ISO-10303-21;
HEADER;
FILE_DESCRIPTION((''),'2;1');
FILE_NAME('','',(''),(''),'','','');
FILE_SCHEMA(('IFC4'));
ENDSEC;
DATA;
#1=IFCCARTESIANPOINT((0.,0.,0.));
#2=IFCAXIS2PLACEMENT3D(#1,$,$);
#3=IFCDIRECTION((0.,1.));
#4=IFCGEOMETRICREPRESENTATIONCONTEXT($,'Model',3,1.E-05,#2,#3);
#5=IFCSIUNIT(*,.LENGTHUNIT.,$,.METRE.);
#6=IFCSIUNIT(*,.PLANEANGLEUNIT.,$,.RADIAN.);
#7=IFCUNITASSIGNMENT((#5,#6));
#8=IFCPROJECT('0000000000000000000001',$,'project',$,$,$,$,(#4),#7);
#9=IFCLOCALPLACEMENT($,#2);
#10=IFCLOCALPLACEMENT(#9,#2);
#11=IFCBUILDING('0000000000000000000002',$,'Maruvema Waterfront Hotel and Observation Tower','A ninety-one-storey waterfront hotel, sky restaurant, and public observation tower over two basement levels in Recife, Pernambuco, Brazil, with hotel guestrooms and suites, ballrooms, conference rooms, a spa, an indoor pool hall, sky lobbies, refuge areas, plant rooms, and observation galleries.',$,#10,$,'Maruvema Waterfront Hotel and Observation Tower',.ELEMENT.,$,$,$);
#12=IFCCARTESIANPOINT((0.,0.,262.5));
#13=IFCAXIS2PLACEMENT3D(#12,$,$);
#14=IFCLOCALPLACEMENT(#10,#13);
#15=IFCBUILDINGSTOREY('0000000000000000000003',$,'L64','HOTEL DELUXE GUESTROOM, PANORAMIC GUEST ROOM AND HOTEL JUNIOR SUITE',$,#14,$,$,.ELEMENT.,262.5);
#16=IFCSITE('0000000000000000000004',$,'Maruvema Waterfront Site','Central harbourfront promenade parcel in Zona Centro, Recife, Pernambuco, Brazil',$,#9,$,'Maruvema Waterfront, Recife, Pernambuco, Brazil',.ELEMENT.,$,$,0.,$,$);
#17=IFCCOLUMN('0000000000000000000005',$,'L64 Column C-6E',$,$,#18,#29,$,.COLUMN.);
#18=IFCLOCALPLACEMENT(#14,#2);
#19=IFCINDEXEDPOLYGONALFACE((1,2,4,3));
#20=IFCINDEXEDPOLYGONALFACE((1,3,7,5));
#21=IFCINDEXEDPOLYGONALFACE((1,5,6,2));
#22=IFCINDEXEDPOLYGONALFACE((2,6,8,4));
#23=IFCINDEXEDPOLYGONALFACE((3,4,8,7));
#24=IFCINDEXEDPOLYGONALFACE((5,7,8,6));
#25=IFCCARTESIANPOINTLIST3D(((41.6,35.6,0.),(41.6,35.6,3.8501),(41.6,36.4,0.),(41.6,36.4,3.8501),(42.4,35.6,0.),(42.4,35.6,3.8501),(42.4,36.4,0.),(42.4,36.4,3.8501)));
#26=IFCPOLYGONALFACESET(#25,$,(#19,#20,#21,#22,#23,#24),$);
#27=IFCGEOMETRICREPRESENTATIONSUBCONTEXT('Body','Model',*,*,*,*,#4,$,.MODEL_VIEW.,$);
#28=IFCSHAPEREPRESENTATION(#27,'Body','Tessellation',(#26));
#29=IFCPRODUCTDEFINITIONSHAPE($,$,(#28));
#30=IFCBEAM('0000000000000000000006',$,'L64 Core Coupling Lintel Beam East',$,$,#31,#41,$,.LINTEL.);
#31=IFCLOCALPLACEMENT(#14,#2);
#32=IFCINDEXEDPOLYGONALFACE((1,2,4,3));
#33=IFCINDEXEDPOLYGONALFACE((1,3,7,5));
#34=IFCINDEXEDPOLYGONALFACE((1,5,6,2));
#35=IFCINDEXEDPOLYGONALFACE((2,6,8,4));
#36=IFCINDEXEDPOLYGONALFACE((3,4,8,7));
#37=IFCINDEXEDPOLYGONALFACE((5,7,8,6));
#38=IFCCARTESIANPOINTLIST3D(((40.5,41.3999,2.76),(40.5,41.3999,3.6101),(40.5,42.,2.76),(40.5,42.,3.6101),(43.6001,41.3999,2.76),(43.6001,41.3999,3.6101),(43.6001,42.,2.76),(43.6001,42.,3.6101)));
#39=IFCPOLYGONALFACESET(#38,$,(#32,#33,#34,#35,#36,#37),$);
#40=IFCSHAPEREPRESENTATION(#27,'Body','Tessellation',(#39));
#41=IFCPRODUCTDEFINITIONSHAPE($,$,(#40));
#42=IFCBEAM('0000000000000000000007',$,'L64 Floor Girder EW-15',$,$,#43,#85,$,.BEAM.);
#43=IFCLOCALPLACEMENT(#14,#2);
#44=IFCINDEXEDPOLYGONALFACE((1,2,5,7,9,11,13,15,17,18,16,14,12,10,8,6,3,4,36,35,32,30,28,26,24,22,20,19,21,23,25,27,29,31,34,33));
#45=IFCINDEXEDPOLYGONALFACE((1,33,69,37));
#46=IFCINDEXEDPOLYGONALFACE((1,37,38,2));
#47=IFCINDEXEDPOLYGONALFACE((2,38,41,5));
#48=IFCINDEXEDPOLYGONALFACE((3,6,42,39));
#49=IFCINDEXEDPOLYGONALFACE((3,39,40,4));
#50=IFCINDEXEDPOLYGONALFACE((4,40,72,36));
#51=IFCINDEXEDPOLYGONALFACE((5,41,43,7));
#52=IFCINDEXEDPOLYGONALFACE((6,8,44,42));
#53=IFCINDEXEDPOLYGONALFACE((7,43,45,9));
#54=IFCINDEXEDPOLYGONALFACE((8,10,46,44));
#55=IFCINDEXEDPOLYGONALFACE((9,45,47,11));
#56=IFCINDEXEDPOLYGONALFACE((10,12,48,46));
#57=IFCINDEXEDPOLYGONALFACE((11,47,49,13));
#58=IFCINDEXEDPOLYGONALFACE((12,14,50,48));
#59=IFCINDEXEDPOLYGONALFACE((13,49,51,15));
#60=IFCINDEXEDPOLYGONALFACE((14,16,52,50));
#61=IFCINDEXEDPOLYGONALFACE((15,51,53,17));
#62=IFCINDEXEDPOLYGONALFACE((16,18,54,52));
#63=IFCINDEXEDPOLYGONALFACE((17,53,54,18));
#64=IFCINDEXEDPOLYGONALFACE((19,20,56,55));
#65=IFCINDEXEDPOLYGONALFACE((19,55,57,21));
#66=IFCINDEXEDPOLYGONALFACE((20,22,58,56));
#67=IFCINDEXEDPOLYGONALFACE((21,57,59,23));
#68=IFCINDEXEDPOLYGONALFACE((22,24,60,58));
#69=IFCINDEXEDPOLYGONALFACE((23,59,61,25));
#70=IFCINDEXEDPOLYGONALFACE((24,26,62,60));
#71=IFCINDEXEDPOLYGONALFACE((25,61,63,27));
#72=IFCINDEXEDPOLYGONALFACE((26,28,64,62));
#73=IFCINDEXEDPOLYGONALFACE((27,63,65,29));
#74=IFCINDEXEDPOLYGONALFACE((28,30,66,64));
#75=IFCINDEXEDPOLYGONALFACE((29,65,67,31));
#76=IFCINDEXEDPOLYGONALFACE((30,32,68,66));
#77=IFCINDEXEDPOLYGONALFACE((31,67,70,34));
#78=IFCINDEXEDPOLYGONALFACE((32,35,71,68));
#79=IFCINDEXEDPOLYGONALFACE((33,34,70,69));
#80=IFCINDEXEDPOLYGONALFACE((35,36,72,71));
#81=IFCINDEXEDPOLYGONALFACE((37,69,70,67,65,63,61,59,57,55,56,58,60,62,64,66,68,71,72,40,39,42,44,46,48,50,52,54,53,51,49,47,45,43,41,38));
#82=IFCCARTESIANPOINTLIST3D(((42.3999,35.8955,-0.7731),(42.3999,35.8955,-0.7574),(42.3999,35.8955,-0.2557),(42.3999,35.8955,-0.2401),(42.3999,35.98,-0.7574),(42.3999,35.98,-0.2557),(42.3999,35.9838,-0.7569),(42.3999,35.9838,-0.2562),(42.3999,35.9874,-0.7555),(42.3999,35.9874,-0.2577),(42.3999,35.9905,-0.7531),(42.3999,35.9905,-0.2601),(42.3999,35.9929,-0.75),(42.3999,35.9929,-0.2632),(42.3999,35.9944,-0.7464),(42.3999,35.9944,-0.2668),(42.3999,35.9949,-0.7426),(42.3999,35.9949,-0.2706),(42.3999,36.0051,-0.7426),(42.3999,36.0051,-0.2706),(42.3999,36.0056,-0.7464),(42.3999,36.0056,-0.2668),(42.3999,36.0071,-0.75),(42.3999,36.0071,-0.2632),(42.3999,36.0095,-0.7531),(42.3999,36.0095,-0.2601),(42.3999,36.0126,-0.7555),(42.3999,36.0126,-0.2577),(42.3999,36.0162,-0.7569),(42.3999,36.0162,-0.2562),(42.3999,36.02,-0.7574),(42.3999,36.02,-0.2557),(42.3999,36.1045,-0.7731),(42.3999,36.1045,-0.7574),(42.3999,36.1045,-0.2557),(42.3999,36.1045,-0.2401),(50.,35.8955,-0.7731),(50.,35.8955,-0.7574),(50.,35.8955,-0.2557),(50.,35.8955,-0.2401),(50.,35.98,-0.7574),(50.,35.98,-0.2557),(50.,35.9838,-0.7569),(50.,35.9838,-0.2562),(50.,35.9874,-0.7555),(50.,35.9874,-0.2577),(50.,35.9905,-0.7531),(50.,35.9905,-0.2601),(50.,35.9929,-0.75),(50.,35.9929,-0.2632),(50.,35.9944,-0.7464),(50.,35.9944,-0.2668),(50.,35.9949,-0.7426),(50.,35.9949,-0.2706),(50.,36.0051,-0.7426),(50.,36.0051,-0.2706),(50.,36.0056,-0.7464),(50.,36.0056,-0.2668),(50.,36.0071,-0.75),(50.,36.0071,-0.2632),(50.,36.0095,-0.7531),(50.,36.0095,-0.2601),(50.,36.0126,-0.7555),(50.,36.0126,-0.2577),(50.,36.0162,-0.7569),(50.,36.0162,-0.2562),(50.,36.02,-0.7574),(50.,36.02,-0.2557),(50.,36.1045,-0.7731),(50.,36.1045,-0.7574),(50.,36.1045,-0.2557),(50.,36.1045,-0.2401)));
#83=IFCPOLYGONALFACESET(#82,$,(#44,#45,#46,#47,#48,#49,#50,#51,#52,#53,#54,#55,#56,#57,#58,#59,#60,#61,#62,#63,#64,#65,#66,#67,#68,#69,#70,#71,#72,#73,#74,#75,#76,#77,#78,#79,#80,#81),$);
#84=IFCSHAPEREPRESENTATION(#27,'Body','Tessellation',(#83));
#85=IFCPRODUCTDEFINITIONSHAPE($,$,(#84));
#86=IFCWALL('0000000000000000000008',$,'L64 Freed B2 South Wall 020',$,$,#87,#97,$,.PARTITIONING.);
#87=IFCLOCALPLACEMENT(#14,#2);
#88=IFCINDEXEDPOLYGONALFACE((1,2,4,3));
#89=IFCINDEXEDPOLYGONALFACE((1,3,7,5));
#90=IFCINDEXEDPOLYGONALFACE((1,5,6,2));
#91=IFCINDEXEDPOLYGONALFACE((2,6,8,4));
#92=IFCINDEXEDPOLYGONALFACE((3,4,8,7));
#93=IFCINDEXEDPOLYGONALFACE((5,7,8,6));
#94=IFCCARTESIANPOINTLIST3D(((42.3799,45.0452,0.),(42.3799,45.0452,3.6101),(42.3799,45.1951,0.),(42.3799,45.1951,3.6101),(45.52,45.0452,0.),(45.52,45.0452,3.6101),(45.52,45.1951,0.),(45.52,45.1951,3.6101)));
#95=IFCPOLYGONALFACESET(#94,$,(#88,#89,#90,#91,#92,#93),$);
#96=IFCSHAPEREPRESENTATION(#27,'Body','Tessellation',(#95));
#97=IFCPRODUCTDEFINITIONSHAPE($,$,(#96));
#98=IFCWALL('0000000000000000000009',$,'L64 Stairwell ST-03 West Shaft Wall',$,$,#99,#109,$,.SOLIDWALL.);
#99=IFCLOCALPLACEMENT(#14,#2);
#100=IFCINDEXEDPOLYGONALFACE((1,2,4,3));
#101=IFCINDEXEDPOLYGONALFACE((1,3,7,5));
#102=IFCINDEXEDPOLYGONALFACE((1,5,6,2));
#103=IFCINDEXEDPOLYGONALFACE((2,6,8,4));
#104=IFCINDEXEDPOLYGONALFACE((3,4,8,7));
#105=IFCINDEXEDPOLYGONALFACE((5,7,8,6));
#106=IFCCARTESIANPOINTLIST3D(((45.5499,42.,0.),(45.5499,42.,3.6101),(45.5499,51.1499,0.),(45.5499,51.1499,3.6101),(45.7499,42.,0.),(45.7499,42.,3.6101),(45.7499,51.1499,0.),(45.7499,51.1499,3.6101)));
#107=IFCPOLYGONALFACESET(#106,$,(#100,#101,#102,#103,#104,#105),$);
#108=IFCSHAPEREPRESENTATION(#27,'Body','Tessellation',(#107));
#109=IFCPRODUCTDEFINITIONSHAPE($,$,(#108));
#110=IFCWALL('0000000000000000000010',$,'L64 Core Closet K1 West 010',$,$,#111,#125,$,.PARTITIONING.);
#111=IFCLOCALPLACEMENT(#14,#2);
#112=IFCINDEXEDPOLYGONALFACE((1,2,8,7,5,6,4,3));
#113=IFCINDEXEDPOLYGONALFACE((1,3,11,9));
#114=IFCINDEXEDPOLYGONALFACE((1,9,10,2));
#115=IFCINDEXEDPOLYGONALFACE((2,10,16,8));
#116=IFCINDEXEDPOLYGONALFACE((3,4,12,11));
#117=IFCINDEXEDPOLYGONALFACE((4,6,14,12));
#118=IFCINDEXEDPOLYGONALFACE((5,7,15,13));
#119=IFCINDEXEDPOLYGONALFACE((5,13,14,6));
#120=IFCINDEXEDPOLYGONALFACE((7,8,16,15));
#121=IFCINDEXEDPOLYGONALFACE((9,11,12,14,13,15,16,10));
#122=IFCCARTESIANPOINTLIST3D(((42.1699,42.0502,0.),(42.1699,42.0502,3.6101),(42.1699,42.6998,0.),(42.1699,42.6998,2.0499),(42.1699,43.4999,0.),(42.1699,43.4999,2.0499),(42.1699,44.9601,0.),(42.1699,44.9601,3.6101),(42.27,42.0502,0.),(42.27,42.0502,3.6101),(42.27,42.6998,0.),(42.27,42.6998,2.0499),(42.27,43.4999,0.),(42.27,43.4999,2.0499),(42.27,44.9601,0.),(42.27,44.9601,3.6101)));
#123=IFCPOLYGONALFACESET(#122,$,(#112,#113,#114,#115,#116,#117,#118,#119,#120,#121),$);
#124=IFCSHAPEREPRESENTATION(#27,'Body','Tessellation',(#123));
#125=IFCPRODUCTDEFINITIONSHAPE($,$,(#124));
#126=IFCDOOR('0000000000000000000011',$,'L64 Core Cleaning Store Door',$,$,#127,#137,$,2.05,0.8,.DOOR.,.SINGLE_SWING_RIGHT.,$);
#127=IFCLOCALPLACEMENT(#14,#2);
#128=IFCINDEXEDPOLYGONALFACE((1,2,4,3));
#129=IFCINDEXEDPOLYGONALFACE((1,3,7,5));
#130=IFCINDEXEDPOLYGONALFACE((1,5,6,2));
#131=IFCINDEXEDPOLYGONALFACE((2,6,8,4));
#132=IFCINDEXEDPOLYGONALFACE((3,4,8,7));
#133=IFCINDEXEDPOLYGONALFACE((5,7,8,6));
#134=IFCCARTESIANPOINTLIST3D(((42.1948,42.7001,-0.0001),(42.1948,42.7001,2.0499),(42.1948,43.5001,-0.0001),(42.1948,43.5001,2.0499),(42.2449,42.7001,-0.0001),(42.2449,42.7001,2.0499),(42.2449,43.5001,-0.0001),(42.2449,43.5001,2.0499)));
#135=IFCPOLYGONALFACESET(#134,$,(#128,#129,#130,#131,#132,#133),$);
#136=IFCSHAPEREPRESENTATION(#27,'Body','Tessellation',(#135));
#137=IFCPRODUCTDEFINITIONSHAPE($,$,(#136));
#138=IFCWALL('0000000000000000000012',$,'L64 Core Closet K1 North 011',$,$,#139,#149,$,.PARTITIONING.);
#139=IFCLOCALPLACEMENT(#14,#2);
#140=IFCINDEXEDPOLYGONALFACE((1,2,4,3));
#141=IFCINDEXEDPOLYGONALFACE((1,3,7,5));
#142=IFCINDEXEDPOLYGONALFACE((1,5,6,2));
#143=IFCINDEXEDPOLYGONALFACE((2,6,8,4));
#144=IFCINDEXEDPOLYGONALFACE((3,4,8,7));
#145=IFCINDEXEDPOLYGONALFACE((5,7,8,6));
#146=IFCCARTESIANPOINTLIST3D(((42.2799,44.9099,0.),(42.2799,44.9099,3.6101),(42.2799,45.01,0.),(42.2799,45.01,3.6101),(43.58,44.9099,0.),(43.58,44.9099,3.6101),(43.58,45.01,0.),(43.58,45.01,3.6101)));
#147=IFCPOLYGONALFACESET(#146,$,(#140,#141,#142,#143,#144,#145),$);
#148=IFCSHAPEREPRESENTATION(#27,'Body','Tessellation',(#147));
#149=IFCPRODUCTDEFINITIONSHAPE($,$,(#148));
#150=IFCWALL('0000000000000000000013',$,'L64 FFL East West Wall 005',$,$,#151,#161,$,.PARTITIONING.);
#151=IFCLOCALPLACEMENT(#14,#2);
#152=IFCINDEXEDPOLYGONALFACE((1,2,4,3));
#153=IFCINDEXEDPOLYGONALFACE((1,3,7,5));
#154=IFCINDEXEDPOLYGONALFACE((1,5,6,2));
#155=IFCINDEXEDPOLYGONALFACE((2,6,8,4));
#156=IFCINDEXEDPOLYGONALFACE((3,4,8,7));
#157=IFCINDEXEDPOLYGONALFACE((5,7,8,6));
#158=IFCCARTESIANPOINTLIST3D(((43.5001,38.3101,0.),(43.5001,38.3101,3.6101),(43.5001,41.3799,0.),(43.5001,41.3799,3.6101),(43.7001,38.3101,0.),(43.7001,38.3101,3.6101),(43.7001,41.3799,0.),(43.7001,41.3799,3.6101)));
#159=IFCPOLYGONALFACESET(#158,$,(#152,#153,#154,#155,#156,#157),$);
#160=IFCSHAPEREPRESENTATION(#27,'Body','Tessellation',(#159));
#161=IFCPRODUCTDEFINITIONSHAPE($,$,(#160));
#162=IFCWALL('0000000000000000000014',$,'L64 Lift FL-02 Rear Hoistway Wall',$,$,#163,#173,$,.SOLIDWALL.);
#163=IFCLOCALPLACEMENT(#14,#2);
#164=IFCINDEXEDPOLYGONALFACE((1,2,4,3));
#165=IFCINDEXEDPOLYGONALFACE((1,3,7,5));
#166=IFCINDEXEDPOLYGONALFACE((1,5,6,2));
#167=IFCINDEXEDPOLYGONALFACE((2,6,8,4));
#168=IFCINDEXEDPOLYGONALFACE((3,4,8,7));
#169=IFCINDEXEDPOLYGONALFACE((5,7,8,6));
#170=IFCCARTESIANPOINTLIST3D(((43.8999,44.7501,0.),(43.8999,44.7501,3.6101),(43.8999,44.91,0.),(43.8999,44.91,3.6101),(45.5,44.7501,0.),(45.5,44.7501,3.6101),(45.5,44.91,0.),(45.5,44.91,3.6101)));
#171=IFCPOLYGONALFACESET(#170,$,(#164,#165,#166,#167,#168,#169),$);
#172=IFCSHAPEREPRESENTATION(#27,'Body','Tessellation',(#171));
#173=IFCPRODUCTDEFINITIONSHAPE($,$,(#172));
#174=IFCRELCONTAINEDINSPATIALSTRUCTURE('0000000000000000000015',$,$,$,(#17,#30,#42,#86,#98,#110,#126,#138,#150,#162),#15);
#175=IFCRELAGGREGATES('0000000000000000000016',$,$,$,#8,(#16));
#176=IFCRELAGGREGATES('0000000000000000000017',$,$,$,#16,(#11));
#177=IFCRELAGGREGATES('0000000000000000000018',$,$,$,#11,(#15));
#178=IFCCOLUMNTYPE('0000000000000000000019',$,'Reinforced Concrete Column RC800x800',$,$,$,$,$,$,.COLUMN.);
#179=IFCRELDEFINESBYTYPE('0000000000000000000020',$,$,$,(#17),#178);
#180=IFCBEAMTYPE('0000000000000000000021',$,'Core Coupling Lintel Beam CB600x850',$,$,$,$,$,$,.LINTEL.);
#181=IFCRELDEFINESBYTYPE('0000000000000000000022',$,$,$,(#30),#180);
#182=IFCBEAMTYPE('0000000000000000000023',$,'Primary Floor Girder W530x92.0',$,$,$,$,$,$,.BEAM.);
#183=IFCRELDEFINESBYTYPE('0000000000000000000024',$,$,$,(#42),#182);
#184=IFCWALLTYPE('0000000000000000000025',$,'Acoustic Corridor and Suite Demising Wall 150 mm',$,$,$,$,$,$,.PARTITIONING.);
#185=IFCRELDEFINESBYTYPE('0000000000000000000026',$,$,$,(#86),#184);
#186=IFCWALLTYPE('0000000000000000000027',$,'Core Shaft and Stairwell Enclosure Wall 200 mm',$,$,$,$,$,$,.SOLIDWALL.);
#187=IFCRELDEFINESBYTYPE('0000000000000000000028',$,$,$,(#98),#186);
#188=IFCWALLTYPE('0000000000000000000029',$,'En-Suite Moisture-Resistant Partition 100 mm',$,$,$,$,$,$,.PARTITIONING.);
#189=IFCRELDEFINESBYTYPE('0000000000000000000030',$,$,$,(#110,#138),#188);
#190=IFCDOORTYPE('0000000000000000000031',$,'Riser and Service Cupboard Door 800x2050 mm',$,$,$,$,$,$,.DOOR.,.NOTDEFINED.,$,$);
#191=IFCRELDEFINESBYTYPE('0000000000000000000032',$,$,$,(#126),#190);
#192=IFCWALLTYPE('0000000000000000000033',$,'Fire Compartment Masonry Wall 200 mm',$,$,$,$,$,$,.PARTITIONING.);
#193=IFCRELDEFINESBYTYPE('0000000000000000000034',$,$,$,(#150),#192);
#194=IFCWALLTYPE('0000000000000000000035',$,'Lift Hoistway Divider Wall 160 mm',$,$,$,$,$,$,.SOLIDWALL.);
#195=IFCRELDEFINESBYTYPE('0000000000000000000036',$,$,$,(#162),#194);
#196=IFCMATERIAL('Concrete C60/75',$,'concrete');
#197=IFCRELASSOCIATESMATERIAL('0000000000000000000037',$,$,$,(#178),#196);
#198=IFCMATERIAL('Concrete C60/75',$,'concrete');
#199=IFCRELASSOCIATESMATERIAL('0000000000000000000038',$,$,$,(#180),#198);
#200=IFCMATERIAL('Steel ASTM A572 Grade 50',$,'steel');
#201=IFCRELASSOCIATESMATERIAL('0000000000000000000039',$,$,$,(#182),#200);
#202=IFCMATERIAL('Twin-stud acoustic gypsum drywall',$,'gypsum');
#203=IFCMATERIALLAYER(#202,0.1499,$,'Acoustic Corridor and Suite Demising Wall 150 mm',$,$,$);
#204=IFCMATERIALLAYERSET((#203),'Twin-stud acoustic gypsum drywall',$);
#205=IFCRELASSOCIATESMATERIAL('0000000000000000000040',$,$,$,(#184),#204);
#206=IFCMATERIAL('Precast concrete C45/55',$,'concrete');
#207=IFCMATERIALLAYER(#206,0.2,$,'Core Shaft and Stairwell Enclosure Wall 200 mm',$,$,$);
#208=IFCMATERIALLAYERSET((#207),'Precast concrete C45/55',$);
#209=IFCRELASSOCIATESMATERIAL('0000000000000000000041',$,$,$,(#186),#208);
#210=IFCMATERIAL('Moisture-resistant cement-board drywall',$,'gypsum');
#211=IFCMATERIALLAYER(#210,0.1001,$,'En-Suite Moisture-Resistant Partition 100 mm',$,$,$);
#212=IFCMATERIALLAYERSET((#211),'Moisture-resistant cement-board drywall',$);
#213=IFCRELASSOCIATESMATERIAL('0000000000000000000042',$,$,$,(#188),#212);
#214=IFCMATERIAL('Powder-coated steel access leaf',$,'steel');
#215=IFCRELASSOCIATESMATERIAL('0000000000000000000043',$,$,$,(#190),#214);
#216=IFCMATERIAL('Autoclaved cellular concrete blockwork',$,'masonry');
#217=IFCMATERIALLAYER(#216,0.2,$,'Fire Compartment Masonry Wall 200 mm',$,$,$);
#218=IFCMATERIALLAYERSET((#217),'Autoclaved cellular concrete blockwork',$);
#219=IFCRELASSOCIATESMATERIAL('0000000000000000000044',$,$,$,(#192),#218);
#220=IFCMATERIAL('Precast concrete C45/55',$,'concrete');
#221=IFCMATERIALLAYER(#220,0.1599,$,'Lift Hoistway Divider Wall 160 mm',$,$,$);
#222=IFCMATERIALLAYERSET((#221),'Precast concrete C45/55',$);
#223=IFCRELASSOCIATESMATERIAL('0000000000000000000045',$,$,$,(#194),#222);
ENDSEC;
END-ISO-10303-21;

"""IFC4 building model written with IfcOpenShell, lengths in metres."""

from ifc_helpers import new_model, si_unit, direction, frame, frame_2d, origin, origin_2d, place, context, subcontext, project, spatial, rectangle, i_section, extrude, material, layer, layer_set, material_profile, profile_set, type_object, element, fill, save


model = new_model("IFC4")

# Units and contexts
model_context = context("Model", 3, precision=1e-05, world=origin(), true_north=direction((0.0, 1.0)))
body_context = subcontext(model_context, "Body", "Model", "MODEL_VIEW")
ifc_project = project(units=[si_unit("LENGTHUNIT", "METRE"), si_unit("PLANEANGLEUNIT", "RADIAN")], contexts=[model_context])

# Site, building, storey
site_placement = place(None, origin())
site = spatial("IfcSite", under=ifc_project, at=site_placement, Name="Maruvema Waterfront Site", Description="Central harbourfront promenade parcel in Zona Centro, Recife, Pernambuco, Brazil", LongName="Maruvema Waterfront, Recife, Pernambuco, Brazil", CompositionType="ELEMENT", RefElevation=0.0)
building_placement = place(site_placement, origin())
building = spatial("IfcBuilding", under=site, at=building_placement, Name="Maruvema Waterfront Hotel and Observation Tower", Description="A ninety-one-storey waterfront hotel, sky restaurant, and public observation tower over two basement levels in Recife, Pernambuco, Brazil, with hotel guestrooms and suites, ballrooms, conference rooms, a spa, an indoor pool hall, sky lobbies, refuge areas, plant rooms, and observation galleries.", LongName="Maruvema Waterfront Hotel and Observation Tower", CompositionType="ELEMENT")
storey_placement = place(building_placement, frame((0.0, 0.0, 262.5)))
storey = spatial("IfcBuildingStorey", under=building, at=storey_placement, Name="L64", Description="HOTEL DELUXE GUESTROOM, PANORAMIC GUEST ROOM AND HOTEL JUNIOR SUITE", CompositionType="ELEMENT", Elevation=262.5)

# Column
ifc_material_1 = material(Name="Concrete C60/75", Category="concrete")
ifc_material_profile_1 = material_profile(ifc_material_1, rectangle(XDim=0.8, YDim=0.8, at=origin_2d()), Name="RC800x800")
ifc_profile_set_1 = profile_set([ifc_material_profile_1], Name="Concrete C60/75")
column_type = type_object("IfcColumnType", Name="Reinforced Concrete Column RC800x800", PredefinedType="COLUMN", material=ifc_profile_set_1)
column_placement = place(storey_placement, frame((42.0, 36.0, 0.0), z_axis=(0.0, 0.0, 1.0), x_axis=(1.0, 0.0, 0.0)))
element("IfcColumn", 1, at=column_placement, inside=storey, type_object=column_type, Name="L64 Column C-6E", PredefinedType="COLUMN", context=body_context, shape_type="SweptSolid", body=[
    extrude(rectangle(XDim=0.8, YDim=0.8, at=origin_2d()), origin(), (0.0, 0.0, 1.0), 3.8501),
])

# Beams
ifc_material_2 = material(Name="Concrete C60/75", Category="concrete")
ifc_material_profile_2 = material_profile(ifc_material_2, rectangle(XDim=0.6001, YDim=0.8501, at=origin_2d()), Name="CB600x850")
ifc_profile_set_2 = profile_set([ifc_material_profile_2], Name="Concrete C60/75")
beam_type_1 = type_object("IfcBeamType", Name="Core Coupling Lintel Beam CB600x850", PredefinedType="LINTEL", material=ifc_profile_set_2)
beam_1_placement = place(storey_placement, frame((40.5, 41.7, 3.1851), z_axis=(1.0, 0.0, 0.0), x_axis=(0.0, 1.0, 0.0)))
element("IfcBeam", 2, at=beam_1_placement, inside=storey, type_object=beam_type_1, Name="L64 Core Coupling Lintel Beam East", PredefinedType="LINTEL", context=body_context, shape_type="SweptSolid", body=[
    extrude(rectangle(XDim=0.6001, YDim=0.8501, at=origin_2d()), origin(), (0.0, 0.0, 1.0), 3.1001),
])
ifc_material_3 = material(Name="Steel ASTM A572 Grade 50", Category="steel")
ifc_material_profile_3 = material_profile(ifc_material_3, i_section(OverallWidth=0.209, OverallDepth=0.533, WebThickness=0.0103, FlangeThickness=0.0156, FilletRadius=0.0149, at=origin_2d()), Name="W530x92.0")
ifc_profile_set_3 = profile_set([ifc_material_profile_3], Name="Steel ASTM A572 Grade 50")
beam_type_2 = type_object("IfcBeamType", Name="Primary Floor Girder W530x92.0", PredefinedType="BEAM", material=ifc_profile_set_3)
beam_2_placement = place(storey_placement, frame((42.3999, 36.0, -0.5066), z_axis=(1.0, 0.0, 0.0), x_axis=(0.0, 1.0, 0.0)))
element("IfcBeam", 3, at=beam_2_placement, inside=storey, type_object=beam_type_2, Name="L64 Floor Girder EW-15", PredefinedType="BEAM", context=body_context, shape_type="SweptSolid", body=[
    extrude(i_section(OverallWidth=0.209, OverallDepth=0.533, WebThickness=0.0103, FlangeThickness=0.0156, FilletRadius=0.0149, at=origin_2d()), origin(), (0.0, 0.0, 1.0), 7.6001),
])

# Walls
ifc_material_4 = material(Name="Twin-stud acoustic gypsum drywall", Category="gypsum")
ifc_layer_1 = layer(ifc_material_4, 0.1499, Name="Acoustic Corridor and Suite Demising Wall 150 mm")
ifc_layer_set_1 = layer_set([ifc_layer_1], Name="Twin-stud acoustic gypsum drywall")
wall_type_1 = type_object("IfcWallType", Name="Acoustic Corridor and Suite Demising Wall 150 mm", PredefinedType="PARTITIONING", material=ifc_layer_set_1)
wall_1_placement = place(storey_placement, frame((42.3799, 45.1201, 0.0), z_axis=(0.0, 0.0, 1.0), x_axis=(1.0, 0.0, 0.0)))
element("IfcWall", 4, at=wall_1_placement, inside=storey, type_object=wall_type_1, Name="L64 Freed B2 South Wall 020", PredefinedType="PARTITIONING", context=body_context, shape_type="SweptSolid", body=[
    extrude(rectangle(XDim=3.1401, YDim=0.1499, at=frame_2d((1.5701, 0.0))), origin(), (0.0, 0.0, 1.0), 3.6101),
])
ifc_material_5 = material(Name="Precast concrete C45/55", Category="concrete")
ifc_layer_2 = layer(ifc_material_5, 0.2, Name="Core Shaft and Stairwell Enclosure Wall 200 mm")
ifc_layer_set_2 = layer_set([ifc_layer_2], Name="Precast concrete C45/55")
wall_type_2 = type_object("IfcWallType", Name="Core Shaft and Stairwell Enclosure Wall 200 mm", PredefinedType="SOLIDWALL", material=ifc_layer_set_2)
wall_2_placement = place(storey_placement, frame((45.6499, 42.0, 0.0), z_axis=(0.0, 0.0, 1.0), x_axis=(0.0, 1.0, 0.0)))
element("IfcWall", 5, at=wall_2_placement, inside=storey, type_object=wall_type_2, Name="L64 Stairwell ST-03 West Shaft Wall", PredefinedType="SOLIDWALL", context=body_context, shape_type="SweptSolid", body=[
    extrude(rectangle(XDim=9.1499, YDim=0.2, at=frame_2d((4.575, 0.0))), origin(), (0.0, 0.0, 1.0), 3.6101),
])

# Wall, opening, door
ifc_material_6 = material(Name="Moisture-resistant cement-board drywall", Category="gypsum")
ifc_layer_3 = layer(ifc_material_6, 0.1001, Name="En-Suite Moisture-Resistant Partition 100 mm")
ifc_layer_set_3 = layer_set([ifc_layer_3], Name="Moisture-resistant cement-board drywall")
wall_type_3 = type_object("IfcWallType", Name="En-Suite Moisture-Resistant Partition 100 mm", PredefinedType="PARTITIONING", material=ifc_layer_set_3)
wall_3_placement = place(storey_placement, frame((42.22, 42.05, 0.0), z_axis=(0.0, 0.0, 1.0), x_axis=(0.0, 1.0, 0.0)))
wall_3 = element("IfcWall", 6, at=wall_3_placement, inside=storey, type_object=wall_type_3, Name="L64 Core Closet K1 West 010", PredefinedType="PARTITIONING", context=body_context, shape_type="SweptSolid", body=[
    extrude(rectangle(XDim=2.9099, YDim=0.1001, at=frame_2d((1.4551, 0.0))), origin(), (0.0, 0.0, 1.0), 3.6101),
])
opening_1_placement = place(wall_3_placement, frame((0.6499, 0.0, 0.0)))
opening_1 = element("IfcOpeningElement", 7, at=opening_1_placement, cuts=wall_3, PredefinedType="OPENING", context=body_context, shape_type="SweptSolid", body=[
    extrude(rectangle(XDim=0.8, YDim=2.05, at=frame_2d((0.3999, 1.0249))), frame((0.0, 0.0601, 0.0), z_axis=(0.0, -1.0, 0.0), x_axis=(1.0, 0.0, 0.0)), (0.0, 0.0, 1.0), 0.1201),
])
ifc_material_7 = material(Name="Powder-coated steel access leaf", Category="steel")
door_type_1 = type_object("IfcDoorType", Name="Riser and Service Cupboard Door 800x2050 mm", OperationType="NOTDEFINED", PredefinedType="DOOR", material=ifc_material_7)
door_1_placement = place(opening_1_placement, frame((0.8, 0.0, 0.0), z_axis=(0.0, 0.0, 1.0), x_axis=(-1.0, 0.0, 0.0)))
door_1 = element("IfcDoor", 8, at=door_1_placement, inside=storey, type_object=door_type_1, Name="L64 Core Cleaning Store Door", OperationType="SINGLE_SWING_RIGHT", OverallHeight=2.05, OverallWidth=0.8, PredefinedType="DOOR", context=body_context, shape_type="SweptSolid", body=[
    extrude(rectangle(XDim=0.8, YDim=2.05, at=frame_2d((0.3999, 1.0249))), frame((0.0, 0.0249, 0.0), z_axis=(0.0, -1.0, 0.0), x_axis=(1.0, 0.0, 0.0)), (0.0, 0.0, 1.0), 0.05),
])
fill(opening_1, door_1)

# Wall
wall_4_placement = place(storey_placement, frame((42.28, 44.96, 0.0), z_axis=(0.0, 0.0, 1.0), x_axis=(1.0, 0.0, 0.0)))
element("IfcWall", 9, at=wall_4_placement, inside=storey, type_object=wall_type_3, Name="L64 Core Closet K1 North 011", PredefinedType="PARTITIONING", context=body_context, shape_type="SweptSolid", body=[
    extrude(rectangle(XDim=1.3, YDim=0.1001, at=frame_2d((0.6499, 0.0))), origin(), (0.0, 0.0, 1.0), 3.6101),
])

# Shared definitions
ifc_material_8 = material(Name="Autoclaved cellular concrete blockwork", Category="masonry")
ifc_layer_4 = layer(ifc_material_8, 0.2, Name="Fire Compartment Masonry Wall 200 mm")
ifc_layer_set_4 = layer_set([ifc_layer_4], Name="Autoclaved cellular concrete blockwork")
wall_type_4 = type_object("IfcWallType", Name="Fire Compartment Masonry Wall 200 mm", PredefinedType="PARTITIONING", material=ifc_layer_set_4)

# Walls
wall_5_placement = place(storey_placement, frame((43.6001, 38.3101, 0.0), z_axis=(0.0, 0.0, 1.0), x_axis=(0.0, 1.0, 0.0)))
element("IfcWall", 10, at=wall_5_placement, inside=storey, type_object=wall_type_4, Name="L64 FFL East West Wall 005", PredefinedType="PARTITIONING", context=body_context, shape_type="SweptSolid", body=[
    extrude(rectangle(XDim=3.0698, YDim=0.2, at=frame_2d((1.5349, 0.0))), origin(), (0.0, 0.0, 1.0), 3.6101),
])
ifc_material_9 = material(Name="Precast concrete C45/55", Category="concrete")
ifc_layer_5 = layer(ifc_material_9, 0.1599, Name="Lift Hoistway Divider Wall 160 mm")
ifc_layer_set_5 = layer_set([ifc_layer_5], Name="Precast concrete C45/55")
wall_type_5 = type_object("IfcWallType", Name="Lift Hoistway Divider Wall 160 mm", PredefinedType="SOLIDWALL", material=ifc_layer_set_5)
wall_6_placement = place(storey_placement, frame((43.8999, 44.8301, 0.0), z_axis=(0.0, 0.0, 1.0), x_axis=(1.0, 0.0, 0.0)))
element("IfcWall", 11, at=wall_6_placement, inside=storey, type_object=wall_type_5, Name="L64 Lift FL-02 Rear Hoistway Wall", PredefinedType="SOLIDWALL", context=body_context, shape_type="SweptSolid", body=[
    extrude(rectangle(XDim=1.6001, YDim=0.1599, at=frame_2d((0.8, 0.0))), origin(), (0.0, 0.0, 1.0), 3.6101),
])

save(model, "model.ifc")
